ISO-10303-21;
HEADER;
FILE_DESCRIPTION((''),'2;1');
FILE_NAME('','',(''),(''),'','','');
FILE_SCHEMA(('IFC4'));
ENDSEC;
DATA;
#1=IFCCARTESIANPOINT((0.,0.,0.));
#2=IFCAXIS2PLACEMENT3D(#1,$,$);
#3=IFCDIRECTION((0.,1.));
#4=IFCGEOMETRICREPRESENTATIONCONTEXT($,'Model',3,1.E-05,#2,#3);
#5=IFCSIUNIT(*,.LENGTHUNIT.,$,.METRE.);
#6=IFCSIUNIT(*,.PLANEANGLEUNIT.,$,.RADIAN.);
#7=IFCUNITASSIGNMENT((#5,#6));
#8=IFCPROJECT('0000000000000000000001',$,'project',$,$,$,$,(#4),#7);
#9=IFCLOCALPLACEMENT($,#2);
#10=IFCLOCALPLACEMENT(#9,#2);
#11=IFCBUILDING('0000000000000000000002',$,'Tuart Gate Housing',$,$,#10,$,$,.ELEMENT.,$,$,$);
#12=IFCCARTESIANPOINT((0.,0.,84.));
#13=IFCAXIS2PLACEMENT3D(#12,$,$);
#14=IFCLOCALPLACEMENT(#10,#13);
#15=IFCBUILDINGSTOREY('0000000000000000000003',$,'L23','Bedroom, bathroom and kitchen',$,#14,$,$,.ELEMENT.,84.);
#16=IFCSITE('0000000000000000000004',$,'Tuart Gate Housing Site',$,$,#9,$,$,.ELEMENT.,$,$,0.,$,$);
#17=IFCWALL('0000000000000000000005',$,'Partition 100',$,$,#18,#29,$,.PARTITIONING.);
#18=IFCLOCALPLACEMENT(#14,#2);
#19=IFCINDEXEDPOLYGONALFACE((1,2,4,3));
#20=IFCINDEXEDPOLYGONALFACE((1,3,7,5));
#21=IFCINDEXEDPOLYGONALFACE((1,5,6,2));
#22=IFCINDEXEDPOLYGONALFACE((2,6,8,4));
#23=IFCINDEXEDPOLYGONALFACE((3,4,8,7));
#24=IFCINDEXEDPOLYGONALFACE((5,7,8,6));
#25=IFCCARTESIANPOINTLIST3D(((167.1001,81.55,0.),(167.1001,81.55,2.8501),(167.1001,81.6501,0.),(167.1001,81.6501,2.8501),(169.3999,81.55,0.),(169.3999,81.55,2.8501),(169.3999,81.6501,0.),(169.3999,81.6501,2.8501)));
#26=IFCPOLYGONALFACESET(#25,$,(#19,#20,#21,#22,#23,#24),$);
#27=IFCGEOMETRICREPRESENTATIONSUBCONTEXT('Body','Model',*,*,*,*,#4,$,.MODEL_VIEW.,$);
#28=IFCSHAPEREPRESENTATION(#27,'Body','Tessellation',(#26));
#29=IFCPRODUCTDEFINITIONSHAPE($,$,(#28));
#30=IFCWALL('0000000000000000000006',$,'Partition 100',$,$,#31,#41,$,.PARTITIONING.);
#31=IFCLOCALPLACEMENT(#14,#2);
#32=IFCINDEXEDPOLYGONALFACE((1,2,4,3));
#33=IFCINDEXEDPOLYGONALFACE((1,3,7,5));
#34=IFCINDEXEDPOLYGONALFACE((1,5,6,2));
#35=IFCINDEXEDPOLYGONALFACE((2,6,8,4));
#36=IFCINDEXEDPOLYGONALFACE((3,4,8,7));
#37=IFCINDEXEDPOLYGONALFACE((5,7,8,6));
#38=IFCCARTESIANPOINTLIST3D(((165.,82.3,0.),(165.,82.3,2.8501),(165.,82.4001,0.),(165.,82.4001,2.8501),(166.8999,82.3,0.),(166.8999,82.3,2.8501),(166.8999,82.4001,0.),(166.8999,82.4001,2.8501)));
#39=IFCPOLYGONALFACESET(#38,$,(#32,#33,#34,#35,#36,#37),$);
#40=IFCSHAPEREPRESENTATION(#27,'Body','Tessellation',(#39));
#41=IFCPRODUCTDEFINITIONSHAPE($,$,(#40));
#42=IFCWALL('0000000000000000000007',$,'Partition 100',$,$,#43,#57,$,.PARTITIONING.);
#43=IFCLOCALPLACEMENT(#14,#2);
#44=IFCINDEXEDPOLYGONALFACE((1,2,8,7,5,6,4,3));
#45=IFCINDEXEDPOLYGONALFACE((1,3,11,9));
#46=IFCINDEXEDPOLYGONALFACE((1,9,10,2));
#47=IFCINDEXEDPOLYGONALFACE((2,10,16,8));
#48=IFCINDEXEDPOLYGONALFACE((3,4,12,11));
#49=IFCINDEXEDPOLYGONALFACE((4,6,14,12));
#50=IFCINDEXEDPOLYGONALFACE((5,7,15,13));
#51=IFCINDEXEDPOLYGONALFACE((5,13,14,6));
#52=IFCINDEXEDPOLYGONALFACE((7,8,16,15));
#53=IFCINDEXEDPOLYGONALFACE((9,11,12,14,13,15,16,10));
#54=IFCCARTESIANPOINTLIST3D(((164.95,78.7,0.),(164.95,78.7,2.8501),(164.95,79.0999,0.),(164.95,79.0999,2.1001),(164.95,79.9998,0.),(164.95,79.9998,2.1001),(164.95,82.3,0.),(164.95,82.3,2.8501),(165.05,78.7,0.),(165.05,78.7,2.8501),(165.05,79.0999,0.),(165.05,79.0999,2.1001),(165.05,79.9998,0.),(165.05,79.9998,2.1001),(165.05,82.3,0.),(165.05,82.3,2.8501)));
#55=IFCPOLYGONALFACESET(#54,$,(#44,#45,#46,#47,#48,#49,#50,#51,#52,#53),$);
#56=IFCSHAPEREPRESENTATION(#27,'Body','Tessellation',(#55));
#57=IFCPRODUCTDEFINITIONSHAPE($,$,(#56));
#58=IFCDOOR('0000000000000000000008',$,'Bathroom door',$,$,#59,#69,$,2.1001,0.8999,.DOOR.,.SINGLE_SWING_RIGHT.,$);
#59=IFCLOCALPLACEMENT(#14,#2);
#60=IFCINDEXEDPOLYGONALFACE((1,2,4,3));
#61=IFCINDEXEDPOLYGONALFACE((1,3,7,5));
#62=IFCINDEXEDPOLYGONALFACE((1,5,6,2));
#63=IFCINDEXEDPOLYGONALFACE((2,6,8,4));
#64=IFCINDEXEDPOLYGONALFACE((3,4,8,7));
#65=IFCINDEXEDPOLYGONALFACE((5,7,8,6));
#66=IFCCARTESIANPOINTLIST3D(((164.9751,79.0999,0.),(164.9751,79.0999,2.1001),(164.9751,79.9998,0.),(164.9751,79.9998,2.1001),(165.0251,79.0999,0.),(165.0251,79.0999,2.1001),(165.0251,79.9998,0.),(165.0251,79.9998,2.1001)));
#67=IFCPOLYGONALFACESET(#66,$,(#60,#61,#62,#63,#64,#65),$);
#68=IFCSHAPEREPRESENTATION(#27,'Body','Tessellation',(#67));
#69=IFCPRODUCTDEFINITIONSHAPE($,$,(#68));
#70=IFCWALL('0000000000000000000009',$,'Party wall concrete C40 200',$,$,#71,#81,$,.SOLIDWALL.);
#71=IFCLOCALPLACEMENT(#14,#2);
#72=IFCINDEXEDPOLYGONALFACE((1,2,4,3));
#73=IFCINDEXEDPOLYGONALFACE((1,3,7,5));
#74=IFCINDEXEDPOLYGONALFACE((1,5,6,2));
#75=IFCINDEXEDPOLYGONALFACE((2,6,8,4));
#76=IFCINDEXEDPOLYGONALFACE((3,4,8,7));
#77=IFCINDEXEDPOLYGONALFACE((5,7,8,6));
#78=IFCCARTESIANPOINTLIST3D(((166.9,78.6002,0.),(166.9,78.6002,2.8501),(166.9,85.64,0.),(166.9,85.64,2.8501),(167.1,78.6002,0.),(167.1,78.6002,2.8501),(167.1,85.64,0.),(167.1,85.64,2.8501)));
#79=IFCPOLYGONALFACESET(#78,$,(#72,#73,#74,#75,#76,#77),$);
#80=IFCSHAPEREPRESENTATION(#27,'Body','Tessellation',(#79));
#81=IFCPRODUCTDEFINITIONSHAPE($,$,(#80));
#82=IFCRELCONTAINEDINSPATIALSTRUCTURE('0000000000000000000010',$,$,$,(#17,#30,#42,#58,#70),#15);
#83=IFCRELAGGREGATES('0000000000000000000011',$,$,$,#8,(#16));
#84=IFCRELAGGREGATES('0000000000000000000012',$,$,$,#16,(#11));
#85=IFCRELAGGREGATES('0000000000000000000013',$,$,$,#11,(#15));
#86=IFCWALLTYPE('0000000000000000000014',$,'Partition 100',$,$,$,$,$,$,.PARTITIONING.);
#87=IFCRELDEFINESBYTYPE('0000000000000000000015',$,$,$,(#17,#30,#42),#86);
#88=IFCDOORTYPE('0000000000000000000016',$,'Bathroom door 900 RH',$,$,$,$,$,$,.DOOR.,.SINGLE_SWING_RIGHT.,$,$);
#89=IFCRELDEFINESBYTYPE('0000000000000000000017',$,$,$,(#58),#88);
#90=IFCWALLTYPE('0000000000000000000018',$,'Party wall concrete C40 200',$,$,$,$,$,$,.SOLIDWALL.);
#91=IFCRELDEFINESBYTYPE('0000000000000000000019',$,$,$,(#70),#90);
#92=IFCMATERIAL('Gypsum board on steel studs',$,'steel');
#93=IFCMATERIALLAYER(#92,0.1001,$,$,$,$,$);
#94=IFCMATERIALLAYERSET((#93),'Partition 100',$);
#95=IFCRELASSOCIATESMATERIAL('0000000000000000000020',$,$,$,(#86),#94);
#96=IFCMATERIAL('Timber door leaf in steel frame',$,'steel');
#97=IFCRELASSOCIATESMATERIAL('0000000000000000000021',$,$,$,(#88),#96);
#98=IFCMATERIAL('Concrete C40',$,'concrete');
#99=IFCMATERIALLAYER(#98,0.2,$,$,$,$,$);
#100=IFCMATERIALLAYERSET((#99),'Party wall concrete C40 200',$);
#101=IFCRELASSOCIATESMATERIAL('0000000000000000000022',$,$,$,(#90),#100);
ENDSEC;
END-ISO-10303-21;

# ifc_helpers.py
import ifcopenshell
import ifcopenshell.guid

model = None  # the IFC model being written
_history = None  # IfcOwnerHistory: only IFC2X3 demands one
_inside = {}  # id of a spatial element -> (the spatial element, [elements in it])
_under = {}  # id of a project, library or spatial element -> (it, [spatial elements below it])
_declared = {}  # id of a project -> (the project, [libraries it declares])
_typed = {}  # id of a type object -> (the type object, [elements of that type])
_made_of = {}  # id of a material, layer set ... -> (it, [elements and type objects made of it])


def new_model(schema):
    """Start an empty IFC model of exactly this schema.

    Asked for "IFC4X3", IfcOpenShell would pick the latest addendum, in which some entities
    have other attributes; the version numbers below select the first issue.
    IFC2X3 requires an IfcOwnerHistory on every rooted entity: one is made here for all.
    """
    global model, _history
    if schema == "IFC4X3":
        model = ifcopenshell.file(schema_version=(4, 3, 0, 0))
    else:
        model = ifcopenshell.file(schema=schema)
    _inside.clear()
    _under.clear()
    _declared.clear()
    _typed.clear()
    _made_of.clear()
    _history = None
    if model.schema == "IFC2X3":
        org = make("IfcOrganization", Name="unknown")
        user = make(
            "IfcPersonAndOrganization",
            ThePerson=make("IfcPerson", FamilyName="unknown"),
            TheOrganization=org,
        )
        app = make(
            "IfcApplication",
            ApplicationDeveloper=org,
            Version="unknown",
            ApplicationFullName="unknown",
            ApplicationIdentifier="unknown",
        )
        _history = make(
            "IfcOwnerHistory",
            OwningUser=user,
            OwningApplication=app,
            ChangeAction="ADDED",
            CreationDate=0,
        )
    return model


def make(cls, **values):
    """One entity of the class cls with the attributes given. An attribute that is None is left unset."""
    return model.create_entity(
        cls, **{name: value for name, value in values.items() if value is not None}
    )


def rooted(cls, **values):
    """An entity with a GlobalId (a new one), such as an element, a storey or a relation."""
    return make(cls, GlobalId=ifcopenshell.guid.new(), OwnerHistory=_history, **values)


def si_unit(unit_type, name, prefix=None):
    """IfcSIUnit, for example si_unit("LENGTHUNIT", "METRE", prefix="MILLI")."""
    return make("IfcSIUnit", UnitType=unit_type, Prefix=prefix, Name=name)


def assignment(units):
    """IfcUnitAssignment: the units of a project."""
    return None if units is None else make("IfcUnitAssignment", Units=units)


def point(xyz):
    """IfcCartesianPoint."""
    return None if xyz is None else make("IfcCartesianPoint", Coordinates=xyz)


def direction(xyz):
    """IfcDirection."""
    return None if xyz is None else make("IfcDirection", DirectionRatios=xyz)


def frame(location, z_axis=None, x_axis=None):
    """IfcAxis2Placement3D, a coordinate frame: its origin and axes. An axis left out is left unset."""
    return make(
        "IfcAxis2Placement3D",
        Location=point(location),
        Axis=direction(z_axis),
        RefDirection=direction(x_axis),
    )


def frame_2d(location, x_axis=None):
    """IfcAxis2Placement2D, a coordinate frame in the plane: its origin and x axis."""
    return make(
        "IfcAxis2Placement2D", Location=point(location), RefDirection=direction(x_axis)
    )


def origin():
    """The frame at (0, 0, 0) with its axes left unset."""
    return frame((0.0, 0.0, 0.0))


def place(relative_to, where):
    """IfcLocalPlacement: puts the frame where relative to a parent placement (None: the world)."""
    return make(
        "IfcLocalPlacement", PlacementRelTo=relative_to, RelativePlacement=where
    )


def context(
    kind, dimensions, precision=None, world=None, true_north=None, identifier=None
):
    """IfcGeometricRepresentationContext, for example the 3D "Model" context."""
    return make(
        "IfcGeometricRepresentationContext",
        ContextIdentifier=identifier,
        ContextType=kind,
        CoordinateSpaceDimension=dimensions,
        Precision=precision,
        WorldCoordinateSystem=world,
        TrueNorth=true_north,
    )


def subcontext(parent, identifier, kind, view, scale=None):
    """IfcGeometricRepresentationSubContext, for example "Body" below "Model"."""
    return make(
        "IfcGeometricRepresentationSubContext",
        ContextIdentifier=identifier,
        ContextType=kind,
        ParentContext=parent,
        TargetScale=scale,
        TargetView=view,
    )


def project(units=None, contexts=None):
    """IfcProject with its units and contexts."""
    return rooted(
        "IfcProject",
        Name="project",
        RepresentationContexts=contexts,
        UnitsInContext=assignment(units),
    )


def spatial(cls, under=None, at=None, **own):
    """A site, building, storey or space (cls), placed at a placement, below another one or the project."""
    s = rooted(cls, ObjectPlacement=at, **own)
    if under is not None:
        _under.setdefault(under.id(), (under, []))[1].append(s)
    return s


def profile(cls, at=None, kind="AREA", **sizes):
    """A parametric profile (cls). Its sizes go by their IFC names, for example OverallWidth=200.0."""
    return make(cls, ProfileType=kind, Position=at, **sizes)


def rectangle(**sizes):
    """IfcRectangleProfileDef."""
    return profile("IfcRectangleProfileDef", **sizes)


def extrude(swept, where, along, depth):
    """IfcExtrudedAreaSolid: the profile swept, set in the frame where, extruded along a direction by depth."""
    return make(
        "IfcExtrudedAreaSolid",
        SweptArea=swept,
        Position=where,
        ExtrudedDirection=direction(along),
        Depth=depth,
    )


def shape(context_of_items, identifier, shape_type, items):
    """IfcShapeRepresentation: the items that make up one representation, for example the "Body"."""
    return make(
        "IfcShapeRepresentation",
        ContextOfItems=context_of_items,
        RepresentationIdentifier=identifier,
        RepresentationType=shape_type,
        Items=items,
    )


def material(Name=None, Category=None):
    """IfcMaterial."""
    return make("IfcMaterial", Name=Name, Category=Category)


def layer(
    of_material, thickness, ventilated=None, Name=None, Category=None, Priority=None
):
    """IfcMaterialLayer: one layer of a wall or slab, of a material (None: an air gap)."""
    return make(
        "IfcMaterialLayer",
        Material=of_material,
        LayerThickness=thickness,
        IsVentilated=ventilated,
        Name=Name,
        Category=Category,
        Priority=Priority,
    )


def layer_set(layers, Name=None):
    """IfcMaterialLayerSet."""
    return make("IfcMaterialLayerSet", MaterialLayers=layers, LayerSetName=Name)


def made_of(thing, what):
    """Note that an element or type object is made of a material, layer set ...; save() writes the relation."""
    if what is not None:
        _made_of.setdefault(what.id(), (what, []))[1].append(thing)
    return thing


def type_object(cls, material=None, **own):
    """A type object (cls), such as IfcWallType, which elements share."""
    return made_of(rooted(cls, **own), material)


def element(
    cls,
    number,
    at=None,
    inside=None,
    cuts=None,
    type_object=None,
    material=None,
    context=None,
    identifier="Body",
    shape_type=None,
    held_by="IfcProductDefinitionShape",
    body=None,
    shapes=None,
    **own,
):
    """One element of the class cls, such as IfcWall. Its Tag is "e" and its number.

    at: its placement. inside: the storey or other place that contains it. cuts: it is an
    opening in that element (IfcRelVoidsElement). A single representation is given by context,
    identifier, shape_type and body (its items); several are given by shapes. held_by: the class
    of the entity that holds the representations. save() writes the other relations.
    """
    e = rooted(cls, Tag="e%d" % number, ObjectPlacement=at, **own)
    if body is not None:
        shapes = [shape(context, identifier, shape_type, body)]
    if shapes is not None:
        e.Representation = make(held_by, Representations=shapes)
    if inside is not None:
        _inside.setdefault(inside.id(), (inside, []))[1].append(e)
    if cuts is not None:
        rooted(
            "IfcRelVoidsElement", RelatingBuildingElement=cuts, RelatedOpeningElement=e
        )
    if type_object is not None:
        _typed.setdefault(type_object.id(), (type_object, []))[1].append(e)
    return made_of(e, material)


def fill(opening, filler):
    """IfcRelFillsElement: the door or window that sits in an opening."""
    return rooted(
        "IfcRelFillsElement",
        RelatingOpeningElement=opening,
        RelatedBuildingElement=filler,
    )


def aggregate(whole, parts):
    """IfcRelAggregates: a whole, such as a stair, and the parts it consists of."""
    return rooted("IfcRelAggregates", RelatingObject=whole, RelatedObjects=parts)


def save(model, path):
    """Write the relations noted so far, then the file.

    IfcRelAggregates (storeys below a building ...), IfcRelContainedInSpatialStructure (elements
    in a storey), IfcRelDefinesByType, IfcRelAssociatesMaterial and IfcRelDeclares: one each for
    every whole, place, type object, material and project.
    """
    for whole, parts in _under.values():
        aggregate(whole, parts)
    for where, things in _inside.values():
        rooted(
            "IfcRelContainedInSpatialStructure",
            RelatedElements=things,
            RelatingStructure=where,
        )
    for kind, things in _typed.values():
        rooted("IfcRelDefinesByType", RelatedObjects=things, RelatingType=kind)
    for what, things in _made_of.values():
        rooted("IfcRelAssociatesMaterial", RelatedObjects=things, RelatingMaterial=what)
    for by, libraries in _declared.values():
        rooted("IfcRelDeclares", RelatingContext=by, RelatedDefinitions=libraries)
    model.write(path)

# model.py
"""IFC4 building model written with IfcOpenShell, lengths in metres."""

from ifc_helpers import new_model, si_unit, direction, frame, frame_2d, origin, place, context, subcontext, project, spatial, rectangle, extrude, material, layer, layer_set, type_object, element, fill, save


model = new_model("IFC4")

# Units and contexts
model_context = context("Model", 3, precision=1e-05, world=origin(), true_north=direction((0.0, 1.0)))
body_context = subcontext(model_context, "Body", "Model", "MODEL_VIEW")
ifc_project = project(units=[si_unit("LENGTHUNIT", "METRE"), si_unit("PLANEANGLEUNIT", "RADIAN")], contexts=[model_context])

# Site, building, storey
site_placement = place(None, origin())
site = spatial("IfcSite", under=ifc_project, at=site_placement, Name="Tuart Gate Housing Site", CompositionType="ELEMENT", RefElevation=0.0)
building_placement = place(site_placement, origin())
building = spatial("IfcBuilding", under=site, at=building_placement, Name="Tuart Gate Housing", CompositionType="ELEMENT")
storey_placement = place(building_placement, frame((0.0, 0.0, 84.0)))
storey = spatial("IfcBuildingStorey", under=building, at=storey_placement, Name="L23", Description="Bedroom, bathroom and kitchen", CompositionType="ELEMENT", Elevation=84.0)

# Walls
ifc_material_1 = material(Name="Gypsum board on steel studs", Category="steel")
ifc_layer_1 = layer(ifc_material_1, 0.1001)
ifc_layer_set_1 = layer_set([ifc_layer_1], Name="Partition 100")
wall_type_1 = type_object("IfcWallType", Name="Partition 100", PredefinedType="PARTITIONING", material=ifc_layer_set_1)
wall_1_placement = place(storey_placement, frame((167.1001, 81.6001, 0.0), z_axis=(0.0, 0.0, 1.0), x_axis=(1.0, 0.0, 0.0)))
element("IfcWall", 1, at=wall_1_placement, inside=storey, type_object=wall_type_1, Name="Partition 100", PredefinedType="PARTITIONING", context=body_context, shape_type="SweptSolid", body=[
    extrude(rectangle(XDim=2.2998, YDim=0.1001, at=frame_2d((1.1499, 0.0))), origin(), (0.0, 0.0, 1.0), 2.8501),
])
wall_2_placement = place(storey_placement, frame((165.0, 82.3501, 0.0), z_axis=(0.0, 0.0, 1.0), x_axis=(1.0, 0.0, 0.0)))
element("IfcWall", 2, at=wall_2_placement, inside=storey, type_object=wall_type_1, Name="Partition 100", PredefinedType="PARTITIONING", context=body_context, shape_type="SweptSolid", body=[
    extrude(rectangle(XDim=1.8999, YDim=0.1001, at=frame_2d((0.95, 0.0))), origin(), (0.0, 0.0, 1.0), 2.8501),
])

# Wall, opening, door
wall_3_placement = place(storey_placement, frame((165.0, 78.7, 0.0), z_axis=(0.0, 0.0, 1.0), x_axis=(0.0, 1.0, 0.0)))
wall_3 = element("IfcWall", 3, at=wall_3_placement, inside=storey, type_object=wall_type_1, Name="Partition 100", PredefinedType="PARTITIONING", context=body_context, shape_type="SweptSolid", body=[
    extrude(rectangle(XDim=3.6001, YDim=0.1001, at=frame_2d((1.8, 0.0))), origin(), (0.0, 0.0, 1.0), 2.8501),
])
opening_placement = place(wall_3_placement, frame((0.3999, 0.0, 0.0)))
opening = element("IfcOpeningElement", 4, at=opening_placement, cuts=wall_3, PredefinedType="OPENING", context=body_context, shape_type="SweptSolid", body=[
    extrude(rectangle(XDim=0.8999, YDim=2.1001, at=frame_2d((0.45, 1.05))), frame((0.0, 0.0601, 0.0), z_axis=(0.0, -1.0, 0.0), x_axis=(1.0, 0.0, 0.0)), (0.0, 0.0, 1.0), 0.1201),
])
ifc_material_2 = material(Name="Timber door leaf in steel frame", Category="steel")
door_type = type_object("IfcDoorType", Name="Bathroom door 900 RH", OperationType="SINGLE_SWING_RIGHT", PredefinedType="DOOR", material=ifc_material_2)
door_placement = place(opening_placement, frame((0.8999, 0.0, 0.0), z_axis=(0.0, 0.0, 1.0), x_axis=(-1.0, 0.0, 0.0)))
door = element("IfcDoor", 5, at=door_placement, inside=storey, type_object=door_type, Name="Bathroom door", OperationType="SINGLE_SWING_RIGHT", OverallHeight=2.1001, OverallWidth=0.8999, PredefinedType="DOOR", context=body_context, shape_type="SweptSolid", body=[
    extrude(rectangle(XDim=0.8999, YDim=2.1001, at=frame_2d((0.45, 1.05))), frame((0.0, 0.0251, 0.0), z_axis=(0.0, -1.0, 0.0), x_axis=(1.0, 0.0, 0.0)), (0.0, 0.0, 1.0), 0.05),
])
fill(opening, door)

# Wall
ifc_material_3 = material(Name="Concrete C40", Category="concrete")
ifc_layer_2 = layer(ifc_material_3, 0.2)
ifc_layer_set_2 = layer_set([ifc_layer_2], Name="Party wall concrete C40 200")
wall_type_2 = type_object("IfcWallType", Name="Party wall concrete C40 200", PredefinedType="SOLIDWALL", material=ifc_layer_set_2)
wall_4_placement = place(storey_placement, frame((167.0, 78.6001, 0.0), z_axis=(0.0, 0.0, 1.0), x_axis=(0.0, 1.0, 0.0)))
element("IfcWall", 6, at=wall_4_placement, inside=storey, type_object=wall_type_2, Name="Party wall concrete C40 200", PredefinedType="SOLIDWALL", context=body_context, shape_type="SweptSolid", body=[
    extrude(rectangle(XDim=7.0398, YDim=0.2, at=frame_2d((3.52, 0.0))), origin(), (0.0, 0.0, 1.0), 2.8501),
])

save(model, "model.ifc")
